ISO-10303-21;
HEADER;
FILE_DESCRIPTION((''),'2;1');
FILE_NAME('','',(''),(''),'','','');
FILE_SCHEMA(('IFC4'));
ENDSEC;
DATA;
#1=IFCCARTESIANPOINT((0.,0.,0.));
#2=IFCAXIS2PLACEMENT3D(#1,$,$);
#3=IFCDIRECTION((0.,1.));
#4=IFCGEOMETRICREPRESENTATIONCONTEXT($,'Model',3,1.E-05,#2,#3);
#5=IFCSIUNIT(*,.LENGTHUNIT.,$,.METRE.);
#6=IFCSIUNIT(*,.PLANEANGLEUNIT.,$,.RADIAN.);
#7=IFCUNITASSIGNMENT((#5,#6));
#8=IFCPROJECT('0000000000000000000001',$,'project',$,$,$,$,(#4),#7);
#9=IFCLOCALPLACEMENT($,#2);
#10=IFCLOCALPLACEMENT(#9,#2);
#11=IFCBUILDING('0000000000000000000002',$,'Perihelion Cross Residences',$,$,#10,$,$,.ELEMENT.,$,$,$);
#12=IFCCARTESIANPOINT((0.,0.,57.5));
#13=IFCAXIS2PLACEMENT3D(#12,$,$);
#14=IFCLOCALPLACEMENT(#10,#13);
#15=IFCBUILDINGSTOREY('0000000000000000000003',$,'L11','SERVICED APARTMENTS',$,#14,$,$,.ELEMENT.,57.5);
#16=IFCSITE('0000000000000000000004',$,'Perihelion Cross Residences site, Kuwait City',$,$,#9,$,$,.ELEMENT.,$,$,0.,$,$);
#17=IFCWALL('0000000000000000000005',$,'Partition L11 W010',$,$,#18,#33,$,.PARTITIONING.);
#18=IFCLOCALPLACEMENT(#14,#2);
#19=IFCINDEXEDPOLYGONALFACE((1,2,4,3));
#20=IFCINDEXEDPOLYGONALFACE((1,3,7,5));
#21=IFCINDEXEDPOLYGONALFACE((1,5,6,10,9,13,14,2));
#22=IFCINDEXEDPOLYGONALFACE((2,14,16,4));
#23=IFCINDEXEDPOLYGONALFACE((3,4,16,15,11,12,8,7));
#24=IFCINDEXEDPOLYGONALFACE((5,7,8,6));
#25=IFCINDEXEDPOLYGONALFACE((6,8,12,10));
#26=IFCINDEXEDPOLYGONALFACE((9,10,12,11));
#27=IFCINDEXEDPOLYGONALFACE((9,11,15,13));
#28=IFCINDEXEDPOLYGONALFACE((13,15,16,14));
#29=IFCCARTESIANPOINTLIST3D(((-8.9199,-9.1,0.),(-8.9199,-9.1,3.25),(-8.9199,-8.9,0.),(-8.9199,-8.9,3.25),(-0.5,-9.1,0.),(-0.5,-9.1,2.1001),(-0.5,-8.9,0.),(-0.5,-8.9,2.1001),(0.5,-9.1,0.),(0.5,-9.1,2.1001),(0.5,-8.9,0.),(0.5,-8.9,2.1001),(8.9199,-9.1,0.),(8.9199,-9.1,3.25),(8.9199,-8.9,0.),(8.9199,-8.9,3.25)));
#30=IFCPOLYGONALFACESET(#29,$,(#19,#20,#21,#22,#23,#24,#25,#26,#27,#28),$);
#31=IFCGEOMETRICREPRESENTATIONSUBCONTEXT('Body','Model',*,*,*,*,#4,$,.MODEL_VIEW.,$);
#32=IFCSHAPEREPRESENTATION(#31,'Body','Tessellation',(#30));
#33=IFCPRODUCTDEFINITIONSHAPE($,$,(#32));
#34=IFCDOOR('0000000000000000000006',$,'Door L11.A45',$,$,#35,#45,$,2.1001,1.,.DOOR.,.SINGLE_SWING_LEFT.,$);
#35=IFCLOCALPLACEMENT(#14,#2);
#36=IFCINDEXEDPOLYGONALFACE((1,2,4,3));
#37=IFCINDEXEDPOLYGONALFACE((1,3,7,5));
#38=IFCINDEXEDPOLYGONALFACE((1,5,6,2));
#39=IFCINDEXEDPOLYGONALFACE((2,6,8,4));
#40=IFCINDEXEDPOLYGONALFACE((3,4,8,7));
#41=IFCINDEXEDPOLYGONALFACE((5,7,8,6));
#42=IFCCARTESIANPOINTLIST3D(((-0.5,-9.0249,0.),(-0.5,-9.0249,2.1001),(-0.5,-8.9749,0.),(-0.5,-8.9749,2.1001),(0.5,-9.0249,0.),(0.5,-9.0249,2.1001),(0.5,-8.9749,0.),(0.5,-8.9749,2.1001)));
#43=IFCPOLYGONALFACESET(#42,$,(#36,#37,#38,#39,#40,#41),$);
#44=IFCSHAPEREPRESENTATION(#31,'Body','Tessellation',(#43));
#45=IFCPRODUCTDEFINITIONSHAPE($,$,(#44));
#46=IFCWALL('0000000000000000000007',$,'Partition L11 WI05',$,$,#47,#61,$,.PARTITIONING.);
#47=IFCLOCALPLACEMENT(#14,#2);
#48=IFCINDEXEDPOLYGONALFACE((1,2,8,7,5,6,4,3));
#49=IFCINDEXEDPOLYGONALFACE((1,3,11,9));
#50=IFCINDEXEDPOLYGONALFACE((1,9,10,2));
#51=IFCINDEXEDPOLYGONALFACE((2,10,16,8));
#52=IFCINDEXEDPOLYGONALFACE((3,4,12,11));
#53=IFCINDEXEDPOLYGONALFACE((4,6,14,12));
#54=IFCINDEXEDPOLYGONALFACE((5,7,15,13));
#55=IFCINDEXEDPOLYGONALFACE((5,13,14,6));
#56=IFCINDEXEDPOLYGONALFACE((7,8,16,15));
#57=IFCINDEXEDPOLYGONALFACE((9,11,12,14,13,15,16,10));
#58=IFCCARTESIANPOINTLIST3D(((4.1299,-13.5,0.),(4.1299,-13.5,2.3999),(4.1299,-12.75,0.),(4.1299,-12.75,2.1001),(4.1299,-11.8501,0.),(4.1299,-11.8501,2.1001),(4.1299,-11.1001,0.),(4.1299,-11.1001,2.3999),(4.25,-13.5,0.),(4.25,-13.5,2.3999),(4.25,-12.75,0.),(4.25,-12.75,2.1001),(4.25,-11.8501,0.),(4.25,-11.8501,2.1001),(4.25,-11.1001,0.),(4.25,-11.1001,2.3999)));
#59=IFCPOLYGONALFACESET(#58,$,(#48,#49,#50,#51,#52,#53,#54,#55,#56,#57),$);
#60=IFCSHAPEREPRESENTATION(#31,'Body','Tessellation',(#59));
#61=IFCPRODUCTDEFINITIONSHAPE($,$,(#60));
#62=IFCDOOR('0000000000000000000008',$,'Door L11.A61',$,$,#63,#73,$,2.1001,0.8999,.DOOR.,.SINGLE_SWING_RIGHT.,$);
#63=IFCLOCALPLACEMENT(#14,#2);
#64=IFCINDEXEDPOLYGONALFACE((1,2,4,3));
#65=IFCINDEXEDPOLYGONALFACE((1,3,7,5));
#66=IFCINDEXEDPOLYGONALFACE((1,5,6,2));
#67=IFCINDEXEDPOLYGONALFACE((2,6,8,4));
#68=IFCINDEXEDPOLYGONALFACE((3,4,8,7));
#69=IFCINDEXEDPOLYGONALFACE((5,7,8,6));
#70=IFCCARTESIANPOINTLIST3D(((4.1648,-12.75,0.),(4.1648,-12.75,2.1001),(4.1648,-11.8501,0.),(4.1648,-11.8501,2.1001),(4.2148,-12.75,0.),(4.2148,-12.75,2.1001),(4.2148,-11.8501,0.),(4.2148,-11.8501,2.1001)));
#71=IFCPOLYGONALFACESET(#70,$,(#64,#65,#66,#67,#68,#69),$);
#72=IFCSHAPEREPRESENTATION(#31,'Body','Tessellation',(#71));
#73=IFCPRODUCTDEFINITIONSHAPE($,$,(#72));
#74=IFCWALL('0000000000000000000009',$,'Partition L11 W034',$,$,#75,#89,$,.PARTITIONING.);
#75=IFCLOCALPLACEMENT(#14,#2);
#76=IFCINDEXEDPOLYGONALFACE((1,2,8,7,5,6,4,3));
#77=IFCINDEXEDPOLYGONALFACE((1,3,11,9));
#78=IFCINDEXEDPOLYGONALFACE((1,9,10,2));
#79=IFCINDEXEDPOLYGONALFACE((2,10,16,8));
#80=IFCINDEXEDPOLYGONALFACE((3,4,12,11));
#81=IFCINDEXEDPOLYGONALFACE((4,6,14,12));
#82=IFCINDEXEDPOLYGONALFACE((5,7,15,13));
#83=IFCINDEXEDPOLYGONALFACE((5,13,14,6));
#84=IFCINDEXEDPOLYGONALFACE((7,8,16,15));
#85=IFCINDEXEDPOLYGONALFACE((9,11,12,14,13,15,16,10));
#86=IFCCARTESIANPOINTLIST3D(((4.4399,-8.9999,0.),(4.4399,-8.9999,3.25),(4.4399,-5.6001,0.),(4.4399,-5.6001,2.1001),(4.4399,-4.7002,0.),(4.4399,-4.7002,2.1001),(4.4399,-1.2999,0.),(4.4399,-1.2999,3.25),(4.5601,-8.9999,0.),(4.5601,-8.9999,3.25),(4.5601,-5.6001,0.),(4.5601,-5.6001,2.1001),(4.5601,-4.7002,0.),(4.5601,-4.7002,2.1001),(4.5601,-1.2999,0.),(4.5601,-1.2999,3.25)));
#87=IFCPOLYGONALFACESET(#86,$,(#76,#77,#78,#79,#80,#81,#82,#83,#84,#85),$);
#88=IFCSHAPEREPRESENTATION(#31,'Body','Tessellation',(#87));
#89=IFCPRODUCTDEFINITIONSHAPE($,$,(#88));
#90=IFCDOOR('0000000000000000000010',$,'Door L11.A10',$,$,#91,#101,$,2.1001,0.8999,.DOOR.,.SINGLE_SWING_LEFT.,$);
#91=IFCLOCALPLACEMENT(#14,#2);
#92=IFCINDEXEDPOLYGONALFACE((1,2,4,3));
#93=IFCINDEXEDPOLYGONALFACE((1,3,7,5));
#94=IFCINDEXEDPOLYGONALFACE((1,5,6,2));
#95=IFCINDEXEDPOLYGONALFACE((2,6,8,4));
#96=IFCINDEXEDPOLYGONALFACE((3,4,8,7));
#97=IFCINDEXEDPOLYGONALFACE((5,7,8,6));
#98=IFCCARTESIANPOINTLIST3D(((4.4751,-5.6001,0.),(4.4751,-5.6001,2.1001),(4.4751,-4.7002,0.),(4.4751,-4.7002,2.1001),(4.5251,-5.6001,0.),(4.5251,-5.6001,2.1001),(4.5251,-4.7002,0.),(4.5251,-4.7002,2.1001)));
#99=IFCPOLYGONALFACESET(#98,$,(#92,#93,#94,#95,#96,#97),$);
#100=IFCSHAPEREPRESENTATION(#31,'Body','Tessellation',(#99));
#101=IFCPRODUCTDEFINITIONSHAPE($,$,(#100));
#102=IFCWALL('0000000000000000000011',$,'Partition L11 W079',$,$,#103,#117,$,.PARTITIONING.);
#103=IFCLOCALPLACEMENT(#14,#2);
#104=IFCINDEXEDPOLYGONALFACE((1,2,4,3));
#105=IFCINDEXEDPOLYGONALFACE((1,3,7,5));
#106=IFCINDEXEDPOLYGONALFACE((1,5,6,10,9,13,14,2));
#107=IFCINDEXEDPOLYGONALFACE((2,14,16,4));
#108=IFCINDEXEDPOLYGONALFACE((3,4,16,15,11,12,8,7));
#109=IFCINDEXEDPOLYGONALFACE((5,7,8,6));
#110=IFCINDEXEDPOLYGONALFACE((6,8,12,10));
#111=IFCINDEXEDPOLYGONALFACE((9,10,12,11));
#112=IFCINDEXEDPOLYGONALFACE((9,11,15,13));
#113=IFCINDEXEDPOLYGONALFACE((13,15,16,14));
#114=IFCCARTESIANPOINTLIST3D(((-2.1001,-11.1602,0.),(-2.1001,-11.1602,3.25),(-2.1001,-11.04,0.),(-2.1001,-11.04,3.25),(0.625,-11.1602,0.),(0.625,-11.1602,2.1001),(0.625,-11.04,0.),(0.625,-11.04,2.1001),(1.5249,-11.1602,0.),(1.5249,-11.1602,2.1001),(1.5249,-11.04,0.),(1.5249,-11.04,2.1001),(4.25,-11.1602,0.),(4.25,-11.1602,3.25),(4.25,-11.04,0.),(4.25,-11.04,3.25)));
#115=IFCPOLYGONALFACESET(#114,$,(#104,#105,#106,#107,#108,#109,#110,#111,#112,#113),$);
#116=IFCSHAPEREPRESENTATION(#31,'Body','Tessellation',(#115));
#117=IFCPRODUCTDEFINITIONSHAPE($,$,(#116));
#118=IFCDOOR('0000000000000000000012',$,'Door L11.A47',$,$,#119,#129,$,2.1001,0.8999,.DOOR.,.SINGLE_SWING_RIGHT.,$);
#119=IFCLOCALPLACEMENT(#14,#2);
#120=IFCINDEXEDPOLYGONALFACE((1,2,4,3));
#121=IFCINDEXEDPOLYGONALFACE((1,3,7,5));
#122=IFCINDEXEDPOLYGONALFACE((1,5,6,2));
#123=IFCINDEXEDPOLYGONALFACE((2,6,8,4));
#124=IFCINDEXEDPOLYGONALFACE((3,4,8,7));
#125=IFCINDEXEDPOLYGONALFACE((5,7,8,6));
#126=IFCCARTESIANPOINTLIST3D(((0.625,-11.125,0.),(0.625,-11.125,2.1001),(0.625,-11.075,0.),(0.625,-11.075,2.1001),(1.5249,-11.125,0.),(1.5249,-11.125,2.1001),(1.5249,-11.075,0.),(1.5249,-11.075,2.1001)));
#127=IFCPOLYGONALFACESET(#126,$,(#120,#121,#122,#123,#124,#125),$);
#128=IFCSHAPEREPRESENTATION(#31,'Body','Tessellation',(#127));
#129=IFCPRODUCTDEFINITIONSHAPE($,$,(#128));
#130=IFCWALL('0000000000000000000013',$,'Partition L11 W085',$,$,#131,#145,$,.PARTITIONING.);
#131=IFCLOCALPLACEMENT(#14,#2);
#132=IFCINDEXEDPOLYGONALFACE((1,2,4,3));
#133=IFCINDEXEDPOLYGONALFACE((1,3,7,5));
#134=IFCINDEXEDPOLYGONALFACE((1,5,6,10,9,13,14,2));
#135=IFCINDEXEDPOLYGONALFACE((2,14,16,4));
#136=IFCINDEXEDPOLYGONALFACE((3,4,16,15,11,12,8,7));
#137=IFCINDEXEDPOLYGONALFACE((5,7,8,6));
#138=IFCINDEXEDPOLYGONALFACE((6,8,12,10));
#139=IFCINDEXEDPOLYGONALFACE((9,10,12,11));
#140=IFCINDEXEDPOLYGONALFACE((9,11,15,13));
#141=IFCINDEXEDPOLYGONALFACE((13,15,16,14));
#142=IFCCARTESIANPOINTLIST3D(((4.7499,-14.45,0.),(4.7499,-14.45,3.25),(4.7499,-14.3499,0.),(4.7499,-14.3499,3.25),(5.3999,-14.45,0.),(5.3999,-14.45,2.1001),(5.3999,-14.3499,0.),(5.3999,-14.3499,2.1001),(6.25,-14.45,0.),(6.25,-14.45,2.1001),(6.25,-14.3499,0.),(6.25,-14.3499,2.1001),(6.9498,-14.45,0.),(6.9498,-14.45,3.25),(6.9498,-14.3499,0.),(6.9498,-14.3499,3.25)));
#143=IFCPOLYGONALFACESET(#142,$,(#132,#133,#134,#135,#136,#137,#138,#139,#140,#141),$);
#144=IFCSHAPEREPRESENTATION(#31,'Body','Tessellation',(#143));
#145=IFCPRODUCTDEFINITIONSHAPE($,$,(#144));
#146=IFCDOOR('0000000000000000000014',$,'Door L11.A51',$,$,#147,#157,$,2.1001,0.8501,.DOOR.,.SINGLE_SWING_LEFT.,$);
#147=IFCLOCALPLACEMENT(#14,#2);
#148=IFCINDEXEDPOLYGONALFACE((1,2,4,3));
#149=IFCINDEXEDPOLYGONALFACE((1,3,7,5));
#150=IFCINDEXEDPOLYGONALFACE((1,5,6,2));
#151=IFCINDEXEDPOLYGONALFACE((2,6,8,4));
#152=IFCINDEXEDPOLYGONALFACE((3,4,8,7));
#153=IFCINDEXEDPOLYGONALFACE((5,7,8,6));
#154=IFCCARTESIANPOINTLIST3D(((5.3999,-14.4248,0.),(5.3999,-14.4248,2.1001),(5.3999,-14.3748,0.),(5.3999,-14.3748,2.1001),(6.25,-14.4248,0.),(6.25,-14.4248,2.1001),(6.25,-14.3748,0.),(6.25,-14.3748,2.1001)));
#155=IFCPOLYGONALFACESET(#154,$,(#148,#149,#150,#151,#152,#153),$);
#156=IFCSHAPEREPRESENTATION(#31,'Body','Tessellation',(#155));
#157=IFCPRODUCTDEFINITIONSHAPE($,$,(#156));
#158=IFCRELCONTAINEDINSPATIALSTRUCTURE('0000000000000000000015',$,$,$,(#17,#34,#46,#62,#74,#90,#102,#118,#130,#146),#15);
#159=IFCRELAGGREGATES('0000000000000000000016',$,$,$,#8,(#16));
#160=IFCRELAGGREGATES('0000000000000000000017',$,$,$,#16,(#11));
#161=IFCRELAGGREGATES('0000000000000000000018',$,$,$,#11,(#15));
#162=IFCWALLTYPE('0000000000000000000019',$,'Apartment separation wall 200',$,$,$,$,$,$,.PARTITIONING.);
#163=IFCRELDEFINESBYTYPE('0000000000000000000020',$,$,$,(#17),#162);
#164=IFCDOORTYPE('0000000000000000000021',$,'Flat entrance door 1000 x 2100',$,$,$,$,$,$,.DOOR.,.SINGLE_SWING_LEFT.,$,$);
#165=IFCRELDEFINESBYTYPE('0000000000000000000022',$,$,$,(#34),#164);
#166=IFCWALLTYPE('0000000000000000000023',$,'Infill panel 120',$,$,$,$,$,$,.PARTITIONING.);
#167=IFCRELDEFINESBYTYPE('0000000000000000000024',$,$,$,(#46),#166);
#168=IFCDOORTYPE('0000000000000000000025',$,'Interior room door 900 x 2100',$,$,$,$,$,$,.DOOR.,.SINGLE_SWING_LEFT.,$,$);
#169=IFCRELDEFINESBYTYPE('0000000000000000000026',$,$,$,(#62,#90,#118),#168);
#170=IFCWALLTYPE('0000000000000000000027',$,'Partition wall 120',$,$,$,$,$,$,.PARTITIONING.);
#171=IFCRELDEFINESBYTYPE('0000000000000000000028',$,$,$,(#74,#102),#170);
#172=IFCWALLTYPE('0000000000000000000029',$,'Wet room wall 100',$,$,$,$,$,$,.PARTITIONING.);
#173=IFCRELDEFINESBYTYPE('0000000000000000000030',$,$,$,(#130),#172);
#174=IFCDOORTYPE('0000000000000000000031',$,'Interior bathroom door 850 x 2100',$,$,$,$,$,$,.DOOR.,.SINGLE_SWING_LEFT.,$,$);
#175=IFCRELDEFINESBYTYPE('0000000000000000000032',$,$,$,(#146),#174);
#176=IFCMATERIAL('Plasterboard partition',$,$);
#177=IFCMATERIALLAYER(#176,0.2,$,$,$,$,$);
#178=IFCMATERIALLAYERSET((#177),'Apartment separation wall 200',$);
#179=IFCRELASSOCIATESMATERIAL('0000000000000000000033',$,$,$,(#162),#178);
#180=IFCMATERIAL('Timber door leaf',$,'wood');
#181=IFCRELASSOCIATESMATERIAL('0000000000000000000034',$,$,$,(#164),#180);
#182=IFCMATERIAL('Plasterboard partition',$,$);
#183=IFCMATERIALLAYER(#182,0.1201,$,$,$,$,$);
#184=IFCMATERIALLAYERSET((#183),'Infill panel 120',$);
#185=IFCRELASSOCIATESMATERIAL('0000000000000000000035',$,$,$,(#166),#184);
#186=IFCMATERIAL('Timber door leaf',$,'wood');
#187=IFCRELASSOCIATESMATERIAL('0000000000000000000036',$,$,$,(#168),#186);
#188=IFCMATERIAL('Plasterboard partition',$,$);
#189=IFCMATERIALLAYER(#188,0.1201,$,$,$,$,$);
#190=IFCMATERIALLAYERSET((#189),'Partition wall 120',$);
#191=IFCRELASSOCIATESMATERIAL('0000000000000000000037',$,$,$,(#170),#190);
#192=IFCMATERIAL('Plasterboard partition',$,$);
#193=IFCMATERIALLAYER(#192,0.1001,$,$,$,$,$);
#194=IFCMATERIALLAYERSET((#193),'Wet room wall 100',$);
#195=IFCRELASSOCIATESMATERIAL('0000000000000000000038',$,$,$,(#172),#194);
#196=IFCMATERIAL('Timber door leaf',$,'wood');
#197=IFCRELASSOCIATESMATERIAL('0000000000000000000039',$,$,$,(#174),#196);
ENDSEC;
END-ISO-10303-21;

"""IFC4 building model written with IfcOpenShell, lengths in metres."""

from ifc_helpers import new_model, si_unit, direction, frame, frame_2d, origin, place, context, subcontext, project, spatial, rectangle, extrude, material, layer, layer_set, type_object, element, fill, save


model = new_model("IFC4")

# Units and contexts
model_context = context("Model", 3, precision=1e-05, world=origin(), true_north=direction((0.0, 1.0)))
body_context = subcontext(model_context, "Body", "Model", "MODEL_VIEW")
ifc_project = project(units=[si_unit("LENGTHUNIT", "METRE"), si_unit("PLANEANGLEUNIT", "RADIAN")], contexts=[model_context])

# Site, building, storey
site_placement = place(None, origin())
site = spatial("IfcSite", under=ifc_project, at=site_placement, Name="Perihelion Cross Residences site, Kuwait City", CompositionType="ELEMENT", RefElevation=0.0)
building_placement = place(site_placement, origin())
building = spatial("IfcBuilding", under=site, at=building_placement, Name="Perihelion Cross Residences", CompositionType="ELEMENT")
storey_placement = place(building_placement, frame((0.0, 0.0, 57.5)))
storey = spatial("IfcBuildingStorey", under=building, at=storey_placement, Name="L11", Description="SERVICED APARTMENTS", CompositionType="ELEMENT", Elevation=57.5)

# Shared definitions
ifc_material_1 = material(Name="Plasterboard partition")
ifc_layer_1 = layer(ifc_material_1, 0.2)
ifc_layer_set_1 = layer_set([ifc_layer_1], Name="Apartment separation wall 200")
wall_type_1 = type_object("IfcWallType", Name="Apartment separation wall 200", PredefinedType="PARTITIONING", material=ifc_layer_set_1)

# Walls, openings, doors
wall_1_placement = place(storey_placement, frame((8.9199, -9.0, 0.0), z_axis=(0.0, 0.0, 1.0), x_axis=(-1.0, 0.0, 0.0)))
wall_1 = element("IfcWall", 1, at=wall_1_placement, inside=storey, type_object=wall_type_1, Name="Partition L11 W010", PredefinedType="PARTITIONING", context=body_context, shape_type="SweptSolid", body=[
    extrude(rectangle(XDim=17.8398, YDim=0.2, at=frame_2d((8.9199, 0.0))), origin(), (0.0, 0.0, 1.0), 3.25),
])
opening_1_placement = place(wall_1_placement, frame((8.4199, 0.0, 0.0)))
opening_1 = element("IfcOpeningElement", 2, at=opening_1_placement, cuts=wall_1, PredefinedType="OPENING", context=body_context, shape_type="SweptSolid", body=[
    extrude(rectangle(XDim=1.0, YDim=2.1001, at=frame_2d((0.5, 1.05))), frame((0.0, 0.1099, 0.0), z_axis=(0.0, -1.0, 0.0), x_axis=(1.0, 0.0, 0.0)), (0.0, 0.0, 1.0), 0.22),
])
ifc_material_2 = material(Name="Timber door leaf", Category="wood")
door_type_1 = type_object("IfcDoorType", Name="Flat entrance door 1000 x 2100", OperationType="SINGLE_SWING_LEFT", PredefinedType="DOOR", material=ifc_material_2)
door_1_placement = place(opening_1_placement, origin())
door_1 = element("IfcDoor", 3, at=door_1_placement, inside=storey, type_object=door_type_1, Name="Door L11.A45", OperationType="SINGLE_SWING_LEFT", OverallHeight=2.1001, OverallWidth=1.0, PredefinedType="DOOR", context=body_context, shape_type="SweptSolid", body=[
    extrude(rectangle(XDim=1.0, YDim=2.1001, at=frame_2d((0.5, 1.05))), frame((0.0, 0.0249, 0.0), z_axis=(0.0, -1.0, 0.0), x_axis=(1.0, 0.0, 0.0)), (0.0, 0.0, 1.0), 0.05),
])
fill(opening_1, door_1)
ifc_material_3 = material(Name="Plasterboard partition")
ifc_layer_2 = layer(ifc_material_3, 0.1201)
ifc_layer_set_2 = layer_set([ifc_layer_2], Name="Infill panel 120")
wall_type_2 = type_object("IfcWallType", Name="Infill panel 120", PredefinedType="PARTITIONING", material=ifc_layer_set_2)
wall_2_placement = place(storey_placement, frame((4.1899, -11.1001, 0.0), z_axis=(0.0, 0.0, 1.0), x_axis=(0.0, -1.0, 0.0)))
wall_2 = element("IfcWall", 4, at=wall_2_placement, inside=storey, type_object=wall_type_2, Name="Partition L11 WI05", PredefinedType="PARTITIONING", context=body_context, shape_type="SweptSolid", body=[
    extrude(rectangle(XDim=2.3999, YDim=0.1201, at=frame_2d((1.2, 0.0))), origin(), (0.0, 0.0, 1.0), 2.3999),
])
opening_2_placement = place(wall_2_placement, frame((0.75, 0.0, 0.0)))
opening_2 = element("IfcOpeningElement", 5, at=opening_2_placement, cuts=wall_2, PredefinedType="OPENING", context=body_context, shape_type="SweptSolid", body=[
    extrude(rectangle(XDim=0.8999, YDim=2.1001, at=frame_2d((0.45, 1.05))), frame((0.0, 0.0701, 0.0), z_axis=(0.0, -1.0, 0.0), x_axis=(1.0, 0.0, 0.0)), (0.0, 0.0, 1.0), 0.1401),
])
ifc_material_4 = material(Name="Timber door leaf", Category="wood")
door_type_2 = type_object("IfcDoorType", Name="Interior room door 900 x 2100", OperationType="SINGLE_SWING_LEFT", PredefinedType="DOOR", material=ifc_material_4)
door_2_placement = place(opening_2_placement, origin())
door_2 = element("IfcDoor", 6, at=door_2_placement, inside=storey, type_object=door_type_2, Name="Door L11.A61", OperationType="SINGLE_SWING_RIGHT", OverallHeight=2.1001, OverallWidth=0.8999, PredefinedType="DOOR", context=body_context, shape_type="SweptSolid", body=[
    extrude(rectangle(XDim=0.8999, YDim=2.1001, at=frame_2d((0.45, 1.05))), frame((0.0, 0.0249, 0.0), z_axis=(0.0, -1.0, 0.0), x_axis=(1.0, 0.0, 0.0)), (0.0, 0.0, 1.0), 0.05),
])
fill(opening_2, door_2)
ifc_material_5 = material(Name="Plasterboard partition")
ifc_layer_3 = layer(ifc_material_5, 0.1201)
ifc_layer_set_3 = layer_set([ifc_layer_3], Name="Partition wall 120")
wall_type_3 = type_object("IfcWallType", Name="Partition wall 120", PredefinedType="PARTITIONING", material=ifc_layer_set_3)
wall_3_placement = place(storey_placement, frame((4.5, -9.0, 0.0), z_axis=(0.0, 0.0, 1.0), x_axis=(0.0, 1.0, 0.0)))
wall_3 = element("IfcWall", 7, at=wall_3_placement, inside=storey, type_object=wall_type_3, Name="Partition L11 W034", PredefinedType="PARTITIONING", context=body_context, shape_type="SweptSolid", body=[
    extrude(rectangle(XDim=7.7, YDim=0.1201, at=frame_2d((3.8501, 0.0))), origin(), (0.0, 0.0, 1.0), 3.25),
])
opening_3_placement = place(wall_3_placement, frame((3.3999, 0.0, 0.0)))
opening_3 = element("IfcOpeningElement", 8, at=opening_3_placement, cuts=wall_3, PredefinedType="OPENING", context=body_context, shape_type="SweptSolid", body=[
    extrude(rectangle(XDim=0.8999, YDim=2.1001, at=frame_2d((0.45, 1.05))), frame((0.0, 0.0701, 0.0), z_axis=(0.0, -1.0, 0.0), x_axis=(1.0, 0.0, 0.0)), (0.0, 0.0, 1.0), 0.1401),
])
door_3_placement = place(opening_3_placement, origin())
door_3 = element("IfcDoor", 9, at=door_3_placement, inside=storey, type_object=door_type_2, Name="Door L11.A10", OperationType="SINGLE_SWING_LEFT", OverallHeight=2.1001, OverallWidth=0.8999, PredefinedType="DOOR", context=body_context, shape_type="SweptSolid", body=[
    extrude(rectangle(XDim=0.8999, YDim=2.1001, at=frame_2d((0.45, 1.05))), frame((0.0, 0.0249, 0.0), z_axis=(0.0, -1.0, 0.0), x_axis=(1.0, 0.0, 0.0)), (0.0, 0.0, 1.0), 0.05),
])
fill(opening_3, door_3)
wall_4_placement = place(storey_placement, frame((4.25, -11.1001, 0.0), z_axis=(0.0, 0.0, 1.0), x_axis=(-1.0, 0.0, 0.0)))
wall_4 = element("IfcWall", 10, at=wall_4_placement, inside=storey, type_object=wall_type_3, Name="Partition L11 W079", PredefinedType="PARTITIONING", context=body_context, shape_type="SweptSolid", body=[
    extrude(rectangle(XDim=6.3501, YDim=0.1201, at=frame_2d((3.175, 0.0))), origin(), (0.0, 0.0, 1.0), 3.25),
])
opening_4_placement = place(wall_4_placement, frame((2.7251, 0.0, 0.0)))
opening_4 = element("IfcOpeningElement", 11, at=opening_4_placement, cuts=wall_4, PredefinedType="OPENING", context=body_context, shape_type="SweptSolid", body=[
    extrude(rectangle(XDim=0.8999, YDim=2.1001, at=frame_2d((0.45, 1.05))), frame((0.0, 0.0701, 0.0), z_axis=(0.0, -1.0, 0.0), x_axis=(1.0, 0.0, 0.0)), (0.0, 0.0, 1.0), 0.1401),
])
door_4_placement = place(opening_4_placement, origin())
door_4 = element("IfcDoor", 12, at=door_4_placement, inside=storey, type_object=door_type_2, Name="Door L11.A47", OperationType="SINGLE_SWING_RIGHT", OverallHeight=2.1001, OverallWidth=0.8999, PredefinedType="DOOR", context=body_context, shape_type="SweptSolid", body=[
    extrude(rectangle(XDim=0.8999, YDim=2.1001, at=frame_2d((0.45, 1.05))), frame((0.0, 0.0249, 0.0), z_axis=(0.0, -1.0, 0.0), x_axis=(1.0, 0.0, 0.0)), (0.0, 0.0, 1.0), 0.05),
])
fill(opening_4, door_4)
ifc_material_6 = material(Name="Plasterboard partition")
ifc_layer_4 = layer(ifc_material_6, 0.1001)
ifc_layer_set_4 = layer_set([ifc_layer_4], Name="Wet room wall 100")
wall_type_4 = type_object("IfcWallType", Name="Wet room wall 100", PredefinedType="PARTITIONING", material=ifc_layer_set_4)
wall_5_placement = place(storey_placement, frame((6.95, -14.3999, 0.0), z_axis=(0.0, 0.0, 1.0), x_axis=(-1.0, 0.0, 0.0)))
wall_5 = element("IfcWall", 13, at=wall_5_placement, inside=storey, type_object=wall_type_4, Name="Partition L11 W085", PredefinedType="PARTITIONING", context=body_context, shape_type="SweptSolid", body=[
    extrude(rectangle(XDim=2.2, YDim=0.1001, at=frame_2d((1.1001, 0.0))), origin(), (0.0, 0.0, 1.0), 3.25),
])
opening_5_placement = place(wall_5_placement, frame((0.7, 0.0, 0.0)))
opening_5 = element("IfcOpeningElement", 14, at=opening_5_placement, cuts=wall_5, PredefinedType="OPENING", context=body_context, shape_type="SweptSolid", body=[
    extrude(rectangle(XDim=0.8501, YDim=2.1001, at=frame_2d((0.425, 1.05))), frame((0.0, 0.0601, 0.0), z_axis=(0.0, -1.0, 0.0), x_axis=(1.0, 0.0, 0.0)), (0.0, 0.0, 1.0), 0.1201),
])
ifc_material_7 = material(Name="Timber door leaf", Category="wood")
door_type_3 = type_object("IfcDoorType", Name="Interior bathroom door 850 x 2100", OperationType="SINGLE_SWING_LEFT", PredefinedType="DOOR", material=ifc_material_7)
door_5_placement = place(opening_5_placement, origin())
door_5 = element("IfcDoor", 15, at=door_5_placement, inside=storey, type_object=door_type_3, Name="Door L11.A51", OperationType="SINGLE_SWING_LEFT", OverallHeight=2.1001, OverallWidth=0.8501, PredefinedType="DOOR", context=body_context, shape_type="SweptSolid", body=[
    extrude(rectangle(XDim=0.8501, YDim=2.1001, at=frame_2d((0.425, 1.05))), frame((0.0, 0.0249, 0.0), z_axis=(0.0, -1.0, 0.0), x_axis=(1.0, 0.0, 0.0)), (0.0, 0.0, 1.0), 0.05),
])
fill(opening_5, door_5)

save(model, "model.ifc")
